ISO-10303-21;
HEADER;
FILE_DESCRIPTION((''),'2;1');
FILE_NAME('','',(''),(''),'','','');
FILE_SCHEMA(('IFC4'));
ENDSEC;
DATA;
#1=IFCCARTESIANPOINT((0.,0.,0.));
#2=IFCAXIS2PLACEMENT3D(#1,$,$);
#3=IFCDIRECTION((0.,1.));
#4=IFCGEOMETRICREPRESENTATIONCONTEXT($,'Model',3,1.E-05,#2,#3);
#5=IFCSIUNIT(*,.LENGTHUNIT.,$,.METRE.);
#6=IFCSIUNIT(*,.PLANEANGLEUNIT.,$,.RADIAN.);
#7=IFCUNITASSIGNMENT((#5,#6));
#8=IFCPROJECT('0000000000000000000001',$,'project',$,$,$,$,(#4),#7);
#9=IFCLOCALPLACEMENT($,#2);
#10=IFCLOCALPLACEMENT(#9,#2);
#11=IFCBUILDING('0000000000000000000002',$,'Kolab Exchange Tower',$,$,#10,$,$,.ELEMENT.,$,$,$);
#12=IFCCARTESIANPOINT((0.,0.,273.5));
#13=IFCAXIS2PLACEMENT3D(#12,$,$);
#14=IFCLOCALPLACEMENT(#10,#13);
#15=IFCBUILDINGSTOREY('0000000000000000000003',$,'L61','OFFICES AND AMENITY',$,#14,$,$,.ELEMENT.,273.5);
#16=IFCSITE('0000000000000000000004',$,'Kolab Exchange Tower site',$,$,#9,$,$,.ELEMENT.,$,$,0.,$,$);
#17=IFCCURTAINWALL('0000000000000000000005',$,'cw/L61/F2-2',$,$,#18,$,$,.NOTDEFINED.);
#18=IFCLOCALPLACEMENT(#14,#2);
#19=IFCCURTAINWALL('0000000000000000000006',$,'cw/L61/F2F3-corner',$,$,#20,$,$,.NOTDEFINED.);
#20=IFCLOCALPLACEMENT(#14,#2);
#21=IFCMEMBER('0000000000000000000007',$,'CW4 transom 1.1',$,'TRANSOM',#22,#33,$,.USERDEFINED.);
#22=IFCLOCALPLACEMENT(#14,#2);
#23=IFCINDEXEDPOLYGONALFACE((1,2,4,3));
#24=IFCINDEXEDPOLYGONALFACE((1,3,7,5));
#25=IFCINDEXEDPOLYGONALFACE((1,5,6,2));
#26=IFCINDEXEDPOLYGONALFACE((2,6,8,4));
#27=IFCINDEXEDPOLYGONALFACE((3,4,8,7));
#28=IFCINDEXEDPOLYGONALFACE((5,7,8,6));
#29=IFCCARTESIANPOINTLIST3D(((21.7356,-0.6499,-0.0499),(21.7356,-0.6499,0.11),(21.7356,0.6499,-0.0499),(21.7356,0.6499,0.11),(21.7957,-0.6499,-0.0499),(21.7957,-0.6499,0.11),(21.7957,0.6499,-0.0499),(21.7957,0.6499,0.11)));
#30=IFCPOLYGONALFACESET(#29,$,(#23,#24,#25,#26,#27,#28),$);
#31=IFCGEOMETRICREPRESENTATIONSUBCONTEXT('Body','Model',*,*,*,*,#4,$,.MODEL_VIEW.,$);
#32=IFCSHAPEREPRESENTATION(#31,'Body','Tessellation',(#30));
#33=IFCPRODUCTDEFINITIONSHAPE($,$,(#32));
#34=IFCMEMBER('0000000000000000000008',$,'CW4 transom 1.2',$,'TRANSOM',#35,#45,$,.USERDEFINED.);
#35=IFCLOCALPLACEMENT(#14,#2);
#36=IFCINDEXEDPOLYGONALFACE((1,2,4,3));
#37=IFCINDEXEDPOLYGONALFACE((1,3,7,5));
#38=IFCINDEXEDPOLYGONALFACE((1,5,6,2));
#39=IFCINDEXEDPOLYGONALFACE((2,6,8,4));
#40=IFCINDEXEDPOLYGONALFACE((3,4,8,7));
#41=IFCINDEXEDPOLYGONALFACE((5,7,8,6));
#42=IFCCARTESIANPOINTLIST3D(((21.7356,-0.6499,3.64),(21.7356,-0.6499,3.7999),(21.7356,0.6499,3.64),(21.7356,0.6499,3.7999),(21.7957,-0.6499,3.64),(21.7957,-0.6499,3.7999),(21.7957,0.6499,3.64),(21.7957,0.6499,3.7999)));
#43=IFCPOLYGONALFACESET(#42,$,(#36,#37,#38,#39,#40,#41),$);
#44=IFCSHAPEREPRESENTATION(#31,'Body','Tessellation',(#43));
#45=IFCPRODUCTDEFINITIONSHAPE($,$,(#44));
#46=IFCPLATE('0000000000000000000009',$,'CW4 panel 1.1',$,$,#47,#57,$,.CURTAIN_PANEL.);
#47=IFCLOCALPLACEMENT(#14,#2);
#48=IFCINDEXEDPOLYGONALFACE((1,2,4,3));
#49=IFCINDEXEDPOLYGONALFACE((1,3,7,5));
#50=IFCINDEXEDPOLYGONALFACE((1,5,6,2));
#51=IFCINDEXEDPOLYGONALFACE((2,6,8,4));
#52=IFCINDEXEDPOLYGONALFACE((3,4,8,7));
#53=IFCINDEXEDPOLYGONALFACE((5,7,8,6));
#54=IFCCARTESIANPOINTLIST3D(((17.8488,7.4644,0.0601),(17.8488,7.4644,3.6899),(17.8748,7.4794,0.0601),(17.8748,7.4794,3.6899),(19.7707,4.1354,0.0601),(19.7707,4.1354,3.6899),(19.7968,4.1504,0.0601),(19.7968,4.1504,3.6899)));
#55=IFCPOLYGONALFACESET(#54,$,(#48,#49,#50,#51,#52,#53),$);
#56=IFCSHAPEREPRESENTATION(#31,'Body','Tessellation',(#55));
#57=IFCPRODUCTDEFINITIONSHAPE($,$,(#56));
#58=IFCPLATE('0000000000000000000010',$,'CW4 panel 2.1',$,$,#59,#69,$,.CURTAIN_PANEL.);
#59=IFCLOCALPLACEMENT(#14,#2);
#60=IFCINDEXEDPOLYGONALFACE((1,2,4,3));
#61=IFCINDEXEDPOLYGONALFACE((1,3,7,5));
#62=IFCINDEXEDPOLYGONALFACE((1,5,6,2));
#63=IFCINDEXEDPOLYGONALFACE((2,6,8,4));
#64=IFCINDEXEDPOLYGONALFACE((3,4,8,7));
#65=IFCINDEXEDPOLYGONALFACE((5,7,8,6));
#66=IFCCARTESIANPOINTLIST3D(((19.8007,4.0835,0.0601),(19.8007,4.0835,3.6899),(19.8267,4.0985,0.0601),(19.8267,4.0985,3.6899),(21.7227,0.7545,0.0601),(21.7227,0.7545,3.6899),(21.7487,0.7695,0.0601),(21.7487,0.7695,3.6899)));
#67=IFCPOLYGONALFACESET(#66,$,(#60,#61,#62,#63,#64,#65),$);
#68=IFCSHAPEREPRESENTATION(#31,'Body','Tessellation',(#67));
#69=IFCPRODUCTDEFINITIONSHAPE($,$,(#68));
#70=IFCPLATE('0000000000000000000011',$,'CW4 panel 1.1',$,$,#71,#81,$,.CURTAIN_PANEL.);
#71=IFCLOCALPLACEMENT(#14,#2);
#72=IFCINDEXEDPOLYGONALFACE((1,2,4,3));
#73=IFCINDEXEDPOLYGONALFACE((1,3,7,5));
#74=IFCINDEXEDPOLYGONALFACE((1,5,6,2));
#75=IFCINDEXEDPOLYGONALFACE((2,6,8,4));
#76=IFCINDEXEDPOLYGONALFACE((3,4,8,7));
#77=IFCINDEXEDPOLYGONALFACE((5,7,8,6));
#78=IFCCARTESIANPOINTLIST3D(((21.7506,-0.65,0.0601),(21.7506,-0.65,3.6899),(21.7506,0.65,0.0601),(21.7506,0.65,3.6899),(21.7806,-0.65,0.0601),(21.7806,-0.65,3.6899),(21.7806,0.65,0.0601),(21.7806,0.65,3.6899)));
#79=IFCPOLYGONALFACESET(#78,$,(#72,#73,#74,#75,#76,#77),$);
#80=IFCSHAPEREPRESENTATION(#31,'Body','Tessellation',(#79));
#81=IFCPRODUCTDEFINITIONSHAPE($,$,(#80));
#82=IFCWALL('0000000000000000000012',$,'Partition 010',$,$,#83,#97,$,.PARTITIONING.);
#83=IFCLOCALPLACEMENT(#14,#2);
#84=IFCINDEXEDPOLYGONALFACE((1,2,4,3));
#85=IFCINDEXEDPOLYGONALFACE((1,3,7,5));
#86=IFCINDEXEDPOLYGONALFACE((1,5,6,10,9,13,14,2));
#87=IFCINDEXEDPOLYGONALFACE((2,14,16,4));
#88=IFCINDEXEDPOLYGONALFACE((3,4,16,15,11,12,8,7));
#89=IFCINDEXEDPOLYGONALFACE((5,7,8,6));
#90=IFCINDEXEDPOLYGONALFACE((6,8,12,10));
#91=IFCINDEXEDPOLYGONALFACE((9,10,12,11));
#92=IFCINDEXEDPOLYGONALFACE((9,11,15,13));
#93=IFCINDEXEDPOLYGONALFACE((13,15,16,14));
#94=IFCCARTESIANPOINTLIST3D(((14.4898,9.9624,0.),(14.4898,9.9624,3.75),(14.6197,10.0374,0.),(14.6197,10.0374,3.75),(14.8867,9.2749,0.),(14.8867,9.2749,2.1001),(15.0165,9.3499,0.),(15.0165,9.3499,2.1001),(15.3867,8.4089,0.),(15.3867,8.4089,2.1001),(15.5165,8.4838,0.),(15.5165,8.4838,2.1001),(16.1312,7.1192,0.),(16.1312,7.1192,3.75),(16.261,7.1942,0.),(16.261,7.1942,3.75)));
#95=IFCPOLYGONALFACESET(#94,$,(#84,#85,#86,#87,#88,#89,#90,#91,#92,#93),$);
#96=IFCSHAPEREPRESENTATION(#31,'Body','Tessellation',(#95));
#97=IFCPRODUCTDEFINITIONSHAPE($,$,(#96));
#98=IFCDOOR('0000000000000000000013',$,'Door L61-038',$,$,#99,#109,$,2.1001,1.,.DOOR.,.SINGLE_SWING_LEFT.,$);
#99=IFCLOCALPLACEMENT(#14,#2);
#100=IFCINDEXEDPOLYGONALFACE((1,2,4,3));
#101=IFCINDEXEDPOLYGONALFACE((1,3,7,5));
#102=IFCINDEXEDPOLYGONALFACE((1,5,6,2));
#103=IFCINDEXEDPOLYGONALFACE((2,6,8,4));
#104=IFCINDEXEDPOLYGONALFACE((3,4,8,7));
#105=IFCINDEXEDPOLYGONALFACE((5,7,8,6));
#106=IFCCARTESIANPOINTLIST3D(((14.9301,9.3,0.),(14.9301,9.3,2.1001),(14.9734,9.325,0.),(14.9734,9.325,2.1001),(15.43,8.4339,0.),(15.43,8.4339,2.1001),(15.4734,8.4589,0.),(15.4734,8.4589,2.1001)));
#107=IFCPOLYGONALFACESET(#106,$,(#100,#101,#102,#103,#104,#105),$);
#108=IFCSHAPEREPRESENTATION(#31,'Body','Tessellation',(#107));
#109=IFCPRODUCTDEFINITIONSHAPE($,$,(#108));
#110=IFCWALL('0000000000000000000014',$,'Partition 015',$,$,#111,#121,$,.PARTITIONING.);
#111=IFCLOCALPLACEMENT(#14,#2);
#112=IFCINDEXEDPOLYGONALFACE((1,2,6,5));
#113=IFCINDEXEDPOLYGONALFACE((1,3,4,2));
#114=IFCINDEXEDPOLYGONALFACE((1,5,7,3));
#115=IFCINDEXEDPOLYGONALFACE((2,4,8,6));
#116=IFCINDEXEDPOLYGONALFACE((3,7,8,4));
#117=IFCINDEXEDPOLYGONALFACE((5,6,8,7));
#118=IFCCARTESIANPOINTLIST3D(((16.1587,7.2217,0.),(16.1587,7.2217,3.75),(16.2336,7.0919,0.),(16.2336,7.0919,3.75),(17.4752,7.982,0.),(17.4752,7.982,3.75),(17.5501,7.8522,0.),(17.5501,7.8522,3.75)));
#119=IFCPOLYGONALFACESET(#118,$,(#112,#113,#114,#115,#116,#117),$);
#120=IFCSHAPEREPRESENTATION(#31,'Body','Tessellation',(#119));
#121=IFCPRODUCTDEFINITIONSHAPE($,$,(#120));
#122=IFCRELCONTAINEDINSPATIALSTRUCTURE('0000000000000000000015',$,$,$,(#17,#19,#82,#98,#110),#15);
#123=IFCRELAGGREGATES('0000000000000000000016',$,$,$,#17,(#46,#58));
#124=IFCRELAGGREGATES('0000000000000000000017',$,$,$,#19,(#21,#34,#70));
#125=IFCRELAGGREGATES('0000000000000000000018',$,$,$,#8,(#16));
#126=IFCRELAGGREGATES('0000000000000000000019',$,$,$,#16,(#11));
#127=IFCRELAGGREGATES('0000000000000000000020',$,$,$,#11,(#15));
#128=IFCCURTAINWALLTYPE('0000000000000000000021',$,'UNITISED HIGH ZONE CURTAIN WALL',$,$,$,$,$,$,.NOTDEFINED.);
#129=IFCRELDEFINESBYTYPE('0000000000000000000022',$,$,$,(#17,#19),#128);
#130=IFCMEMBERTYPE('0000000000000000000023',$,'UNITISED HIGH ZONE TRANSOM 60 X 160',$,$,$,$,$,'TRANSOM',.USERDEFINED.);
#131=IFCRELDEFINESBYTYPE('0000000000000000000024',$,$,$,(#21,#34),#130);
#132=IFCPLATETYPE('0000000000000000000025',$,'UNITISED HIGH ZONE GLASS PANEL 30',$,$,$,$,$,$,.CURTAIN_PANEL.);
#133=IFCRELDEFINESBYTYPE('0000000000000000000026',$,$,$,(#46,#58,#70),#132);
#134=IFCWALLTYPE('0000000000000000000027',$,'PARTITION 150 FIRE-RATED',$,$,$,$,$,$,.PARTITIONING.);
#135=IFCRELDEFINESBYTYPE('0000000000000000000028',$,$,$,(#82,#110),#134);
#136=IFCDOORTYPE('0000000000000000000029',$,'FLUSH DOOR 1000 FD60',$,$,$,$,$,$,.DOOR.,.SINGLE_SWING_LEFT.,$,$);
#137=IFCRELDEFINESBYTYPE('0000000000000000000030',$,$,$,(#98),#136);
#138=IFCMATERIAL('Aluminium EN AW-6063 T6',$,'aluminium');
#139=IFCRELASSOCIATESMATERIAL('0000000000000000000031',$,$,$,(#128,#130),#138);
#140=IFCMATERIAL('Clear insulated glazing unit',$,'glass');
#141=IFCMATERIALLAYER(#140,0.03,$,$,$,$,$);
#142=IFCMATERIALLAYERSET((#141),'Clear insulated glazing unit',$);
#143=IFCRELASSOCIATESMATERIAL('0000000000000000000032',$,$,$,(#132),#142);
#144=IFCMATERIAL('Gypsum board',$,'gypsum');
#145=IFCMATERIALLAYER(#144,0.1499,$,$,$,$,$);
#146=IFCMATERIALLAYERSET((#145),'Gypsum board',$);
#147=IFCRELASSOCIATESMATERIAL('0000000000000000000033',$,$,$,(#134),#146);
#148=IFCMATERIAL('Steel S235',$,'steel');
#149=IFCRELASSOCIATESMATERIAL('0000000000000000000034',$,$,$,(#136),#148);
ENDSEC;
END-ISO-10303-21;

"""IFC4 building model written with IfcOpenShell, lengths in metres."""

from ifc_helpers import new_model, si_unit, direction, frame, frame_2d, origin, origin_2d, place, context, subcontext, project, spatial, rectangle, extrude, material, layer, layer_set, material_profile, profile_set, type_object, element, fill, aggregate, save


model = new_model("IFC4")

# Units and contexts
model_context = context("Model", 3, precision=1e-05, world=origin(), true_north=direction((0.0, 1.0)))
body_context = subcontext(model_context, "Body", "Model", "MODEL_VIEW")
ifc_project = project(units=[si_unit("LENGTHUNIT", "METRE"), si_unit("PLANEANGLEUNIT", "RADIAN")], contexts=[model_context])

# Site, building, storey
site_placement = place(None, origin())
site = spatial("IfcSite", under=ifc_project, at=site_placement, Name="Kolab Exchange Tower site", CompositionType="ELEMENT", RefElevation=0.0)
building_placement = place(site_placement, origin())
building = spatial("IfcBuilding", under=site, at=building_placement, Name="Kolab Exchange Tower", CompositionType="ELEMENT")
storey_placement = place(building_placement, frame((0.0, 0.0, 273.5)))
storey = spatial("IfcBuildingStorey", under=building, at=storey_placement, Name="L61", Description="OFFICES AND AMENITY", CompositionType="ELEMENT", Elevation=273.5)

# Curtain wall
ifc_material_1 = material(Name="Aluminium EN AW-6063 T6", Category="aluminium")
curtain_wall_type = type_object("IfcCurtainWallType", Name="UNITISED HIGH ZONE CURTAIN WALL", PredefinedType="NOTDEFINED", material=ifc_material_1)
curtain_wall_1_placement = place(storey_placement, origin())
curtain_wall_1 = element("IfcCurtainWall", 1, at=curtain_wall_1_placement, inside=storey, type_object=curtain_wall_type, Name="cw/L61/F2-2", PredefinedType="NOTDEFINED")

# Curtain wall
curtain_wall_2_placement = place(storey_placement, origin())
curtain_wall_2 = element("IfcCurtainWall", 2, at=curtain_wall_2_placement, inside=storey, type_object=curtain_wall_type, Name="cw/L61/F2F3-corner", PredefinedType="NOTDEFINED")

# Members
ifc_material_profile_1 = material_profile(ifc_material_1, rectangle(XDim=0.0601, YDim=0.1599, at=origin_2d()), Name="RECT 60X160")
ifc_profile_set_1 = profile_set([ifc_material_profile_1], Name="Aluminium EN AW-6063 T6")
member_type_1 = type_object("IfcMemberType", Name="UNITISED HIGH ZONE TRANSOM 60 X 160", ElementType="TRANSOM", PredefinedType="USERDEFINED", material=ifc_profile_set_1)
member_1_placement = place(storey_placement, frame((21.7656, 0.6499, 0.03), z_axis=(0.0, -1.0, 0.0), x_axis=(1.0, 0.0, 0.0)))
member_1 = element("IfcMember", 3, at=member_1_placement, type_object=member_type_1, Name="CW4 transom 1.1", ObjectType="TRANSOM", PredefinedType="USERDEFINED", context=body_context, shape_type="SweptSolid", body=[
    extrude(rectangle(XDim=0.0601, YDim=0.1599, at=origin_2d()), origin(), (0.0, 0.0, 1.0), 1.2998),
])
member_2_placement = place(storey_placement, frame((21.7656, 0.6499, 3.72), z_axis=(0.0, -1.0, 0.0), x_axis=(1.0, 0.0, 0.0)))
member_2 = element("IfcMember", 4, at=member_2_placement, type_object=member_type_1, Name="CW4 transom 1.2", ObjectType="TRANSOM", PredefinedType="USERDEFINED", context=body_context, shape_type="SweptSolid", body=[
    extrude(rectangle(XDim=0.0601, YDim=0.1599, at=origin_2d()), origin(), (0.0, 0.0, 1.0), 1.2998),
])

# Plates
ifc_material_2 = material(Name="Clear insulated glazing unit", Category="glass")
ifc_layer_1 = layer(ifc_material_2, 0.03)
ifc_layer_set_1 = layer_set([ifc_layer_1], Name="Clear insulated glazing unit")
plate_type = type_object("IfcPlateType", Name="UNITISED HIGH ZONE GLASS PANEL 30", PredefinedType="CURTAIN_PANEL", material=ifc_layer_set_1)
plate_1_placement = place(storey_placement, frame((18.8228, 5.8074, 0.0601), z_axis=(0.0, 0.0, 1.0), x_axis=(0.5, -0.866025, 0.0)))
plate_1 = element("IfcPlate", 5, at=plate_1_placement, type_object=plate_type, Name="CW4 panel 1.1", PredefinedType="CURTAIN_PANEL", context=body_context, shape_type="SweptSolid", body=[
    extrude(rectangle(XDim=3.844, YDim=0.03, at=origin_2d()), origin(), (0.0, 0.0, 1.0), 3.6299),
])
plate_2_placement = place(storey_placement, frame((20.7747, 2.4265, 0.0601), z_axis=(0.0, 0.0, 1.0), x_axis=(0.5, -0.866025, 0.0)))
plate_2 = element("IfcPlate", 6, at=plate_2_placement, type_object=plate_type, Name="CW4 panel 2.1", PredefinedType="CURTAIN_PANEL", context=body_context, shape_type="SweptSolid", body=[
    extrude(rectangle(XDim=3.844, YDim=0.03, at=origin_2d()), origin(), (0.0, 0.0, 1.0), 3.6299),
])
aggregate(curtain_wall_1, [plate_1, plate_2])
plate_3_placement = place(storey_placement, frame((21.7656, 0.0, 0.0601), z_axis=(0.0, 0.0, 1.0), x_axis=(0.0, -1.0, 0.0)))
plate_3 = element("IfcPlate", 7, at=plate_3_placement, type_object=plate_type, Name="CW4 panel 1.1", PredefinedType="CURTAIN_PANEL", context=body_context, shape_type="SweptSolid", body=[
    extrude(rectangle(XDim=1.3, YDim=0.03, at=origin_2d()), origin(), (0.0, 0.0, 1.0), 3.6299),
])
aggregate(curtain_wall_2, [member_1, member_2, plate_3])

# Wall, opening, door
ifc_material_3 = material(Name="Gypsum board", Category="gypsum")
ifc_layer_2 = layer(ifc_material_3, 0.1499)
ifc_layer_set_2 = layer_set([ifc_layer_2], Name="Gypsum board")
wall_type = type_object("IfcWallType", Name="PARTITION 150 FIRE-RATED", PredefinedType="PARTITIONING", material=ifc_layer_set_2)
wall_1_placement = place(storey_placement, frame((14.5547, 10.0, 0.0), z_axis=(0.0, 0.0, 1.0), x_axis=(0.499954, -0.866052, 0.0)))
wall_1 = element("IfcWall", 8, at=wall_1_placement, inside=storey, type_object=wall_type, Name="Partition 010", PredefinedType="PARTITIONING", context=body_context, shape_type="SweptSolid", body=[
    extrude(rectangle(XDim=3.283, YDim=0.1499, at=frame_2d((1.6416, 0.0))), origin(), (0.0, 0.0, 1.0), 3.75),
])
opening_placement = place(wall_1_placement, frame((0.7939, 0.0, 0.0)))
opening = element("IfcOpeningElement", 9, at=opening_placement, cuts=wall_1, PredefinedType="OPENING", context=body_context, shape_type="SweptSolid", body=[
    extrude(rectangle(XDim=1.0, YDim=2.1001, at=frame_2d((0.5, 1.05))), frame((0.0, 0.085, 0.0), z_axis=(0.0, -1.0, 0.0), x_axis=(1.0, 0.0, 0.0)), (0.0, 0.0, 1.0), 0.1699),
])
ifc_material_4 = material(Name="Steel S235", Category="steel")
door_type = type_object("IfcDoorType", Name="FLUSH DOOR 1000 FD60", OperationType="SINGLE_SWING_LEFT", PredefinedType="DOOR", material=ifc_material_4)
door_placement = place(opening_placement, frame((1.0, 0.0, 0.0), z_axis=(0.0, 0.0, 1.0), x_axis=(-1.0, 0.0, 0.0)))
door = element("IfcDoor", 10, at=door_placement, inside=storey, type_object=door_type, Name="Door L61-038", OperationType="SINGLE_SWING_LEFT", OverallHeight=2.1001, OverallWidth=1.0, PredefinedType="DOOR", context=body_context, shape_type="SweptSolid", body=[
    extrude(rectangle(XDim=1.0, YDim=2.1001, at=frame_2d((0.5, 1.05))), frame((0.0, 0.0249, 0.0), z_axis=(0.0, -1.0, 0.0), x_axis=(1.0, 0.0, 0.0)), (0.0, 0.0, 1.0), 0.05),
])
fill(opening, door)

# Wall
wall_2_placement = place(storey_placement, frame((16.196, 7.1567, 0.0), z_axis=(0.0, 0.0, 1.0), x_axis=(0.865961, 0.500112, 0.0)))
element("IfcWall", 11, at=wall_2_placement, inside=storey, type_object=wall_type, Name="Partition 015", PredefinedType="PARTITIONING", context=body_context, shape_type="SweptSolid", body=[
    extrude(rectangle(XDim=1.5203, YDim=0.1499, at=frame_2d((0.7603, 0.0))), origin(), (0.0, 0.0, 1.0), 3.75),
])

save(model, "model.ifc")
